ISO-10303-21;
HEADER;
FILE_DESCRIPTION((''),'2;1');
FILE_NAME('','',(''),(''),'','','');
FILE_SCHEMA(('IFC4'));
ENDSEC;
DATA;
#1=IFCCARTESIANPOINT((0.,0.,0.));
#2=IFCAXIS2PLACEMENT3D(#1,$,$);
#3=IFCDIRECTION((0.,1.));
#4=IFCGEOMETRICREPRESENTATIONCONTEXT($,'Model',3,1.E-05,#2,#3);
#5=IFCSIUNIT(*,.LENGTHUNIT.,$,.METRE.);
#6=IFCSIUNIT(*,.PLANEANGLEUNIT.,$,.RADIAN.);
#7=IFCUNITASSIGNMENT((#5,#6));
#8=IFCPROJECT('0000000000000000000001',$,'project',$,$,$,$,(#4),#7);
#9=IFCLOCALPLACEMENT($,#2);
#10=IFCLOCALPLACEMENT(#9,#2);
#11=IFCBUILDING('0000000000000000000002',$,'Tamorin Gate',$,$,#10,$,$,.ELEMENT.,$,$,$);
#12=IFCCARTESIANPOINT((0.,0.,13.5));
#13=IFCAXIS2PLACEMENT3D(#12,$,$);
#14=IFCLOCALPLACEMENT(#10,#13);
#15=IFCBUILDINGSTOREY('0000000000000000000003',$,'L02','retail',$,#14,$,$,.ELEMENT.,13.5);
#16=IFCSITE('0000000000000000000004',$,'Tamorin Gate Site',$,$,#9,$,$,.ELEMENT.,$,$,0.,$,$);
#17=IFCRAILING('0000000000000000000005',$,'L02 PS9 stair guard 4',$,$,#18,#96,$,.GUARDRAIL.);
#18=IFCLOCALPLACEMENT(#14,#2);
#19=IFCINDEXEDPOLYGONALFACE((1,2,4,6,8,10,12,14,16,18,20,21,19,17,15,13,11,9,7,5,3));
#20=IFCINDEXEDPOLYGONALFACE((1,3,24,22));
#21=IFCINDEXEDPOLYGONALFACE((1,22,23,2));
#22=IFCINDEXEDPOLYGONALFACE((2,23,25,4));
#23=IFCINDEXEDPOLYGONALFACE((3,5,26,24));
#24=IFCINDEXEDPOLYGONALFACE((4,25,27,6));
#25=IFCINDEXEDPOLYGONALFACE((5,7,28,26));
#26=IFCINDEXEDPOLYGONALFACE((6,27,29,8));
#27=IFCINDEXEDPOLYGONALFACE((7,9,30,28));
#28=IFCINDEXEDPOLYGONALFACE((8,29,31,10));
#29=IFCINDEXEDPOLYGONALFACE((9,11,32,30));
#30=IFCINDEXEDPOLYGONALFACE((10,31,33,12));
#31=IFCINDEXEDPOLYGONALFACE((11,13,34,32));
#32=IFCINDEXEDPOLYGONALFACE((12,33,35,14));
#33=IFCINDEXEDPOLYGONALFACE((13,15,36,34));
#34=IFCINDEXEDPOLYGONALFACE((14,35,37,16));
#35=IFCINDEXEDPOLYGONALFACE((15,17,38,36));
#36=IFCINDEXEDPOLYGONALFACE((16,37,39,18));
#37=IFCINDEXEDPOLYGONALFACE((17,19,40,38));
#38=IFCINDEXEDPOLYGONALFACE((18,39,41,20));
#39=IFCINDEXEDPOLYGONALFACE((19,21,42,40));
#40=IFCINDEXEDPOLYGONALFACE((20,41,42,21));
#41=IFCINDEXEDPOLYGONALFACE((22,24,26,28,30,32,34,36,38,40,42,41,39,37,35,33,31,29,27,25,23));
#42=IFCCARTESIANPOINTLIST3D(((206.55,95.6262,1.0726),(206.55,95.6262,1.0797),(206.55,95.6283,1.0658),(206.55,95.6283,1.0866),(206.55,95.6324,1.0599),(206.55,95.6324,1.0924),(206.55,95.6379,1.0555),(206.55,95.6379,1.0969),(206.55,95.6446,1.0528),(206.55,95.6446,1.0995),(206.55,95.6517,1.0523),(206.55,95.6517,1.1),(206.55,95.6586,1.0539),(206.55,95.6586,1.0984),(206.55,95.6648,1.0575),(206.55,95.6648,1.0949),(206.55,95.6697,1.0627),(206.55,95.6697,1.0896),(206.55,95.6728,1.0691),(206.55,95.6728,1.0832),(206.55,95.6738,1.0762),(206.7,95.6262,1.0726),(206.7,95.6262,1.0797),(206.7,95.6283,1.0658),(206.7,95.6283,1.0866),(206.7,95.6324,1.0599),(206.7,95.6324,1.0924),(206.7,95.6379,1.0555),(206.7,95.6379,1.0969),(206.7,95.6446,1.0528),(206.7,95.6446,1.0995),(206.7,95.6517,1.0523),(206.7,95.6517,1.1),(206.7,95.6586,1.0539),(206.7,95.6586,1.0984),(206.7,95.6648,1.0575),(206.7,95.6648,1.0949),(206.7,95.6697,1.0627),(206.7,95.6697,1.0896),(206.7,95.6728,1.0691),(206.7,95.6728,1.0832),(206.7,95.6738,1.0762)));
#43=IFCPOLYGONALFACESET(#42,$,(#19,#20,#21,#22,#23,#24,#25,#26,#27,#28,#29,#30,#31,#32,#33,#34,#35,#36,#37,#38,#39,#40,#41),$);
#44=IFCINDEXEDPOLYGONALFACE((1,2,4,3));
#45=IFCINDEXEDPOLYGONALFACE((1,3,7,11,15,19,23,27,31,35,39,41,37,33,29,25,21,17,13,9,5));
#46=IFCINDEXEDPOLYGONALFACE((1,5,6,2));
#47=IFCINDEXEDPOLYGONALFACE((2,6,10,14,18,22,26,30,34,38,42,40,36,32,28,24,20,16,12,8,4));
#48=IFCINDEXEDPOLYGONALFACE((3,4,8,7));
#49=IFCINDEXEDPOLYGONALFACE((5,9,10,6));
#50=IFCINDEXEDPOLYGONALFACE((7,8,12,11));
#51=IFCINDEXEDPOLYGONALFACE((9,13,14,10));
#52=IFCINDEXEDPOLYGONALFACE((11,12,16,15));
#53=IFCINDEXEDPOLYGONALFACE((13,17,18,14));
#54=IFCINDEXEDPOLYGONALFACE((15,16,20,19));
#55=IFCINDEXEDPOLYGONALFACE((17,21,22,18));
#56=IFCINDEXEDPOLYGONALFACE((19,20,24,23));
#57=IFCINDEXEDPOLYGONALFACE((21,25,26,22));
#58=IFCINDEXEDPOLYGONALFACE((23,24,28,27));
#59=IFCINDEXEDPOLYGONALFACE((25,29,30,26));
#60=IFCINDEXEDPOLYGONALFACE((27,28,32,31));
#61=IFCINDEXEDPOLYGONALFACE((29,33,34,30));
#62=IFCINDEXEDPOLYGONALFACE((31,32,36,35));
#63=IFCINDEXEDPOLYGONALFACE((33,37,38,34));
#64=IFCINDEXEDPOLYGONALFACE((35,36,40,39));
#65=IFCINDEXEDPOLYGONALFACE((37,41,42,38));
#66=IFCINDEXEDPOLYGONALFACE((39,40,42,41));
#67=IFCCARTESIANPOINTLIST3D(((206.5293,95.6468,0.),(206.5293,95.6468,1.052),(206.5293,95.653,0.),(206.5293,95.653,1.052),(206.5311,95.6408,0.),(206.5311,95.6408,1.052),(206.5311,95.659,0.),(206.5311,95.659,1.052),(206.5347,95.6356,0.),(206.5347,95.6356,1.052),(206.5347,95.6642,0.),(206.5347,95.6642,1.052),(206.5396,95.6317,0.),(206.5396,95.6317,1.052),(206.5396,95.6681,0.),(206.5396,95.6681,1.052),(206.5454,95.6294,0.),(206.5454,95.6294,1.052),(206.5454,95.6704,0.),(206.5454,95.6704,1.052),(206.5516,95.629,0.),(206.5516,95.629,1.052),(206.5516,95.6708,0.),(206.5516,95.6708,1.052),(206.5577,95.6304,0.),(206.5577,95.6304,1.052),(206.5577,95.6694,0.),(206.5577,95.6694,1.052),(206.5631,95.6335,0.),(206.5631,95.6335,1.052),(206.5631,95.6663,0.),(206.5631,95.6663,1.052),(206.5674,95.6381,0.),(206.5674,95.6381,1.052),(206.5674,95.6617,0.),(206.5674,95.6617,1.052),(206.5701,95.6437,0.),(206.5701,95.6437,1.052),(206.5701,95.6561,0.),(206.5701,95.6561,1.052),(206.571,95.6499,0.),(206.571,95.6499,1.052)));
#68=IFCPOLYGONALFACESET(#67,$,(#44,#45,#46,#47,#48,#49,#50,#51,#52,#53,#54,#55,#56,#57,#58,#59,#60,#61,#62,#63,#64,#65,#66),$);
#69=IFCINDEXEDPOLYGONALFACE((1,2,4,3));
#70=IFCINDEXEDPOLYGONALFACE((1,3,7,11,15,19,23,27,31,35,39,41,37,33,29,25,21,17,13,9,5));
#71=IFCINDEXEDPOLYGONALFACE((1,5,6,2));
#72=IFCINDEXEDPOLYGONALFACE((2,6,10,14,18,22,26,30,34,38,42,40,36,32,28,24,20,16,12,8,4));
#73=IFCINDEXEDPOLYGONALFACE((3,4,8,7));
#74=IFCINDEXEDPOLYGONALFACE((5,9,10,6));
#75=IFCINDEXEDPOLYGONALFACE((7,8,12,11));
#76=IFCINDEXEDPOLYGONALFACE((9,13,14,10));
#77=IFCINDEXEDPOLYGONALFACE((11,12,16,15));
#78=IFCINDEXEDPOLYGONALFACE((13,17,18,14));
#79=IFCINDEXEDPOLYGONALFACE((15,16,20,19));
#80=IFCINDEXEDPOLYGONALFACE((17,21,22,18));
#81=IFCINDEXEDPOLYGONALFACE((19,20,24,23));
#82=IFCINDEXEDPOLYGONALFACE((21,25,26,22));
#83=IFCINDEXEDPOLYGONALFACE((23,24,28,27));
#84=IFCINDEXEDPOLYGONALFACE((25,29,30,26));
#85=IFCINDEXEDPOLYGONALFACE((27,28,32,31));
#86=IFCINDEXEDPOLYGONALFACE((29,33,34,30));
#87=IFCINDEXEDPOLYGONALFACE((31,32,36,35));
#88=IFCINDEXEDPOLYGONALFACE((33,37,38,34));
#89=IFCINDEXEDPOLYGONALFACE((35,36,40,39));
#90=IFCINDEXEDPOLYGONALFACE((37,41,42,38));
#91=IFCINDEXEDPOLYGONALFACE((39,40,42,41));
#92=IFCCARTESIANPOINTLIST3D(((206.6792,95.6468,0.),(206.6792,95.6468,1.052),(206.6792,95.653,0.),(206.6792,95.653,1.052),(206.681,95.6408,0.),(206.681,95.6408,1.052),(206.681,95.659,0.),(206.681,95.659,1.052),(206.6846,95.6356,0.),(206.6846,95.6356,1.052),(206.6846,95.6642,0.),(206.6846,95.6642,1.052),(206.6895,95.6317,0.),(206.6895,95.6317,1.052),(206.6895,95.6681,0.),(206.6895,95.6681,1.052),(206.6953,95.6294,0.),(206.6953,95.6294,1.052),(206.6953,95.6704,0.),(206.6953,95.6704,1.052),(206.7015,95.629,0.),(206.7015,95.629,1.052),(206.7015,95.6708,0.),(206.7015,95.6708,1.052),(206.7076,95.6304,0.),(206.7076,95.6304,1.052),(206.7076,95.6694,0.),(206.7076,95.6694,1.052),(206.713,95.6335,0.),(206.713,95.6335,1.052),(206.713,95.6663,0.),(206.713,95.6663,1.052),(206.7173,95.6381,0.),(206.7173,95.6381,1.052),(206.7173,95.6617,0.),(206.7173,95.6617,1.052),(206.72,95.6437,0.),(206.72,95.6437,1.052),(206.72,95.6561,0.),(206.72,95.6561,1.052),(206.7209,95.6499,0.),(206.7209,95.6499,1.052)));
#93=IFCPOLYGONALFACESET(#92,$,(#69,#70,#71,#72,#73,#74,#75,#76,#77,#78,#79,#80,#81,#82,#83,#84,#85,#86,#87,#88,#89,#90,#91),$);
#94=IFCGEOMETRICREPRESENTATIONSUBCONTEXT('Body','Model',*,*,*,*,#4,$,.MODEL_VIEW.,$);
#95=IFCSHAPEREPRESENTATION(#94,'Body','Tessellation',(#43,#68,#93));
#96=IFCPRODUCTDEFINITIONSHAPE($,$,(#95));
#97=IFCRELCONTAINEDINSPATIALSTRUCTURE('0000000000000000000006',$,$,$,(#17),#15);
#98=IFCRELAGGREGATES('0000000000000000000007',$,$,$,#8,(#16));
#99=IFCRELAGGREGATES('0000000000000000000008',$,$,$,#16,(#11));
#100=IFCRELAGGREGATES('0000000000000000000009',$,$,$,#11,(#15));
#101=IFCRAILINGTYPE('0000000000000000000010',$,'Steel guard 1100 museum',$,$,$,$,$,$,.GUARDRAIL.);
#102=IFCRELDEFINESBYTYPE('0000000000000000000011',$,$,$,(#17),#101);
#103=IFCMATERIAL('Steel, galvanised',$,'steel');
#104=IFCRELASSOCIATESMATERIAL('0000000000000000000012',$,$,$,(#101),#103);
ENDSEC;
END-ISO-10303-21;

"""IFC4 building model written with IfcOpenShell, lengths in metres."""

from ifc_helpers import new_model, si_unit, direction, frame, origin, origin_2d, place, context, subcontext, project, spatial, circle, extrude, material, type_object, element, save


model = new_model("IFC4")

# Units and contexts
model_context = context("Model", 3, precision=1e-05, world=origin(), true_north=direction((0.0, 1.0)))
body_context = subcontext(model_context, "Body", "Model", "MODEL_VIEW")
ifc_project = project(units=[si_unit("LENGTHUNIT", "METRE"), si_unit("PLANEANGLEUNIT", "RADIAN")], contexts=[model_context])

# Site, building, storey
site_placement = place(None, origin())
site = spatial("IfcSite", under=ifc_project, at=site_placement, Name="Tamorin Gate Site", CompositionType="ELEMENT", RefElevation=0.0)
building_placement = place(site_placement, origin())
building = spatial("IfcBuilding", under=site, at=building_placement, Name="Tamorin Gate", CompositionType="ELEMENT")
storey_placement = place(building_placement, frame((0.0, 0.0, 13.5)))
storey = spatial("IfcBuildingStorey", under=building, at=storey_placement, Name="L02", Description="retail", CompositionType="ELEMENT", Elevation=13.5)

# Railing
ifc_material_1 = material(Name="Steel, galvanised", Category="steel")
railing_type_1 = type_object("IfcRailingType", Name="Steel guard 1100 museum", PredefinedType="GUARDRAIL", material=ifc_material_1)
railing_1_placement = place(storey_placement, frame((206.55, 95.6499, 0.0)))
element("IfcRailing", 1, at=railing_1_placement, inside=storey, type_object=railing_type_1, Name="L02 PS9 stair guard 4", PredefinedType="GUARDRAIL", context=body_context, shape_type="SweptSolid", body=[
    extrude(circle(Radius=0.0239, at=origin_2d()), frame((0.0, 0.0, 1.0762), z_axis=(1.0, 0.0, 0.0), x_axis=(0.0, 1.0, 0.0)), (0.0, 0.0, 1.0), 0.1499),
    extrude(circle(Radius=0.021, at=origin_2d()), origin(), (0.0, 0.0, 1.0), 1.052),
    extrude(circle(Radius=0.021, at=origin_2d()), frame((0.1499, 0.0, 0.0)), (0.0, 0.0, 1.0), 1.052),
])

save(model, "model.ifc")
